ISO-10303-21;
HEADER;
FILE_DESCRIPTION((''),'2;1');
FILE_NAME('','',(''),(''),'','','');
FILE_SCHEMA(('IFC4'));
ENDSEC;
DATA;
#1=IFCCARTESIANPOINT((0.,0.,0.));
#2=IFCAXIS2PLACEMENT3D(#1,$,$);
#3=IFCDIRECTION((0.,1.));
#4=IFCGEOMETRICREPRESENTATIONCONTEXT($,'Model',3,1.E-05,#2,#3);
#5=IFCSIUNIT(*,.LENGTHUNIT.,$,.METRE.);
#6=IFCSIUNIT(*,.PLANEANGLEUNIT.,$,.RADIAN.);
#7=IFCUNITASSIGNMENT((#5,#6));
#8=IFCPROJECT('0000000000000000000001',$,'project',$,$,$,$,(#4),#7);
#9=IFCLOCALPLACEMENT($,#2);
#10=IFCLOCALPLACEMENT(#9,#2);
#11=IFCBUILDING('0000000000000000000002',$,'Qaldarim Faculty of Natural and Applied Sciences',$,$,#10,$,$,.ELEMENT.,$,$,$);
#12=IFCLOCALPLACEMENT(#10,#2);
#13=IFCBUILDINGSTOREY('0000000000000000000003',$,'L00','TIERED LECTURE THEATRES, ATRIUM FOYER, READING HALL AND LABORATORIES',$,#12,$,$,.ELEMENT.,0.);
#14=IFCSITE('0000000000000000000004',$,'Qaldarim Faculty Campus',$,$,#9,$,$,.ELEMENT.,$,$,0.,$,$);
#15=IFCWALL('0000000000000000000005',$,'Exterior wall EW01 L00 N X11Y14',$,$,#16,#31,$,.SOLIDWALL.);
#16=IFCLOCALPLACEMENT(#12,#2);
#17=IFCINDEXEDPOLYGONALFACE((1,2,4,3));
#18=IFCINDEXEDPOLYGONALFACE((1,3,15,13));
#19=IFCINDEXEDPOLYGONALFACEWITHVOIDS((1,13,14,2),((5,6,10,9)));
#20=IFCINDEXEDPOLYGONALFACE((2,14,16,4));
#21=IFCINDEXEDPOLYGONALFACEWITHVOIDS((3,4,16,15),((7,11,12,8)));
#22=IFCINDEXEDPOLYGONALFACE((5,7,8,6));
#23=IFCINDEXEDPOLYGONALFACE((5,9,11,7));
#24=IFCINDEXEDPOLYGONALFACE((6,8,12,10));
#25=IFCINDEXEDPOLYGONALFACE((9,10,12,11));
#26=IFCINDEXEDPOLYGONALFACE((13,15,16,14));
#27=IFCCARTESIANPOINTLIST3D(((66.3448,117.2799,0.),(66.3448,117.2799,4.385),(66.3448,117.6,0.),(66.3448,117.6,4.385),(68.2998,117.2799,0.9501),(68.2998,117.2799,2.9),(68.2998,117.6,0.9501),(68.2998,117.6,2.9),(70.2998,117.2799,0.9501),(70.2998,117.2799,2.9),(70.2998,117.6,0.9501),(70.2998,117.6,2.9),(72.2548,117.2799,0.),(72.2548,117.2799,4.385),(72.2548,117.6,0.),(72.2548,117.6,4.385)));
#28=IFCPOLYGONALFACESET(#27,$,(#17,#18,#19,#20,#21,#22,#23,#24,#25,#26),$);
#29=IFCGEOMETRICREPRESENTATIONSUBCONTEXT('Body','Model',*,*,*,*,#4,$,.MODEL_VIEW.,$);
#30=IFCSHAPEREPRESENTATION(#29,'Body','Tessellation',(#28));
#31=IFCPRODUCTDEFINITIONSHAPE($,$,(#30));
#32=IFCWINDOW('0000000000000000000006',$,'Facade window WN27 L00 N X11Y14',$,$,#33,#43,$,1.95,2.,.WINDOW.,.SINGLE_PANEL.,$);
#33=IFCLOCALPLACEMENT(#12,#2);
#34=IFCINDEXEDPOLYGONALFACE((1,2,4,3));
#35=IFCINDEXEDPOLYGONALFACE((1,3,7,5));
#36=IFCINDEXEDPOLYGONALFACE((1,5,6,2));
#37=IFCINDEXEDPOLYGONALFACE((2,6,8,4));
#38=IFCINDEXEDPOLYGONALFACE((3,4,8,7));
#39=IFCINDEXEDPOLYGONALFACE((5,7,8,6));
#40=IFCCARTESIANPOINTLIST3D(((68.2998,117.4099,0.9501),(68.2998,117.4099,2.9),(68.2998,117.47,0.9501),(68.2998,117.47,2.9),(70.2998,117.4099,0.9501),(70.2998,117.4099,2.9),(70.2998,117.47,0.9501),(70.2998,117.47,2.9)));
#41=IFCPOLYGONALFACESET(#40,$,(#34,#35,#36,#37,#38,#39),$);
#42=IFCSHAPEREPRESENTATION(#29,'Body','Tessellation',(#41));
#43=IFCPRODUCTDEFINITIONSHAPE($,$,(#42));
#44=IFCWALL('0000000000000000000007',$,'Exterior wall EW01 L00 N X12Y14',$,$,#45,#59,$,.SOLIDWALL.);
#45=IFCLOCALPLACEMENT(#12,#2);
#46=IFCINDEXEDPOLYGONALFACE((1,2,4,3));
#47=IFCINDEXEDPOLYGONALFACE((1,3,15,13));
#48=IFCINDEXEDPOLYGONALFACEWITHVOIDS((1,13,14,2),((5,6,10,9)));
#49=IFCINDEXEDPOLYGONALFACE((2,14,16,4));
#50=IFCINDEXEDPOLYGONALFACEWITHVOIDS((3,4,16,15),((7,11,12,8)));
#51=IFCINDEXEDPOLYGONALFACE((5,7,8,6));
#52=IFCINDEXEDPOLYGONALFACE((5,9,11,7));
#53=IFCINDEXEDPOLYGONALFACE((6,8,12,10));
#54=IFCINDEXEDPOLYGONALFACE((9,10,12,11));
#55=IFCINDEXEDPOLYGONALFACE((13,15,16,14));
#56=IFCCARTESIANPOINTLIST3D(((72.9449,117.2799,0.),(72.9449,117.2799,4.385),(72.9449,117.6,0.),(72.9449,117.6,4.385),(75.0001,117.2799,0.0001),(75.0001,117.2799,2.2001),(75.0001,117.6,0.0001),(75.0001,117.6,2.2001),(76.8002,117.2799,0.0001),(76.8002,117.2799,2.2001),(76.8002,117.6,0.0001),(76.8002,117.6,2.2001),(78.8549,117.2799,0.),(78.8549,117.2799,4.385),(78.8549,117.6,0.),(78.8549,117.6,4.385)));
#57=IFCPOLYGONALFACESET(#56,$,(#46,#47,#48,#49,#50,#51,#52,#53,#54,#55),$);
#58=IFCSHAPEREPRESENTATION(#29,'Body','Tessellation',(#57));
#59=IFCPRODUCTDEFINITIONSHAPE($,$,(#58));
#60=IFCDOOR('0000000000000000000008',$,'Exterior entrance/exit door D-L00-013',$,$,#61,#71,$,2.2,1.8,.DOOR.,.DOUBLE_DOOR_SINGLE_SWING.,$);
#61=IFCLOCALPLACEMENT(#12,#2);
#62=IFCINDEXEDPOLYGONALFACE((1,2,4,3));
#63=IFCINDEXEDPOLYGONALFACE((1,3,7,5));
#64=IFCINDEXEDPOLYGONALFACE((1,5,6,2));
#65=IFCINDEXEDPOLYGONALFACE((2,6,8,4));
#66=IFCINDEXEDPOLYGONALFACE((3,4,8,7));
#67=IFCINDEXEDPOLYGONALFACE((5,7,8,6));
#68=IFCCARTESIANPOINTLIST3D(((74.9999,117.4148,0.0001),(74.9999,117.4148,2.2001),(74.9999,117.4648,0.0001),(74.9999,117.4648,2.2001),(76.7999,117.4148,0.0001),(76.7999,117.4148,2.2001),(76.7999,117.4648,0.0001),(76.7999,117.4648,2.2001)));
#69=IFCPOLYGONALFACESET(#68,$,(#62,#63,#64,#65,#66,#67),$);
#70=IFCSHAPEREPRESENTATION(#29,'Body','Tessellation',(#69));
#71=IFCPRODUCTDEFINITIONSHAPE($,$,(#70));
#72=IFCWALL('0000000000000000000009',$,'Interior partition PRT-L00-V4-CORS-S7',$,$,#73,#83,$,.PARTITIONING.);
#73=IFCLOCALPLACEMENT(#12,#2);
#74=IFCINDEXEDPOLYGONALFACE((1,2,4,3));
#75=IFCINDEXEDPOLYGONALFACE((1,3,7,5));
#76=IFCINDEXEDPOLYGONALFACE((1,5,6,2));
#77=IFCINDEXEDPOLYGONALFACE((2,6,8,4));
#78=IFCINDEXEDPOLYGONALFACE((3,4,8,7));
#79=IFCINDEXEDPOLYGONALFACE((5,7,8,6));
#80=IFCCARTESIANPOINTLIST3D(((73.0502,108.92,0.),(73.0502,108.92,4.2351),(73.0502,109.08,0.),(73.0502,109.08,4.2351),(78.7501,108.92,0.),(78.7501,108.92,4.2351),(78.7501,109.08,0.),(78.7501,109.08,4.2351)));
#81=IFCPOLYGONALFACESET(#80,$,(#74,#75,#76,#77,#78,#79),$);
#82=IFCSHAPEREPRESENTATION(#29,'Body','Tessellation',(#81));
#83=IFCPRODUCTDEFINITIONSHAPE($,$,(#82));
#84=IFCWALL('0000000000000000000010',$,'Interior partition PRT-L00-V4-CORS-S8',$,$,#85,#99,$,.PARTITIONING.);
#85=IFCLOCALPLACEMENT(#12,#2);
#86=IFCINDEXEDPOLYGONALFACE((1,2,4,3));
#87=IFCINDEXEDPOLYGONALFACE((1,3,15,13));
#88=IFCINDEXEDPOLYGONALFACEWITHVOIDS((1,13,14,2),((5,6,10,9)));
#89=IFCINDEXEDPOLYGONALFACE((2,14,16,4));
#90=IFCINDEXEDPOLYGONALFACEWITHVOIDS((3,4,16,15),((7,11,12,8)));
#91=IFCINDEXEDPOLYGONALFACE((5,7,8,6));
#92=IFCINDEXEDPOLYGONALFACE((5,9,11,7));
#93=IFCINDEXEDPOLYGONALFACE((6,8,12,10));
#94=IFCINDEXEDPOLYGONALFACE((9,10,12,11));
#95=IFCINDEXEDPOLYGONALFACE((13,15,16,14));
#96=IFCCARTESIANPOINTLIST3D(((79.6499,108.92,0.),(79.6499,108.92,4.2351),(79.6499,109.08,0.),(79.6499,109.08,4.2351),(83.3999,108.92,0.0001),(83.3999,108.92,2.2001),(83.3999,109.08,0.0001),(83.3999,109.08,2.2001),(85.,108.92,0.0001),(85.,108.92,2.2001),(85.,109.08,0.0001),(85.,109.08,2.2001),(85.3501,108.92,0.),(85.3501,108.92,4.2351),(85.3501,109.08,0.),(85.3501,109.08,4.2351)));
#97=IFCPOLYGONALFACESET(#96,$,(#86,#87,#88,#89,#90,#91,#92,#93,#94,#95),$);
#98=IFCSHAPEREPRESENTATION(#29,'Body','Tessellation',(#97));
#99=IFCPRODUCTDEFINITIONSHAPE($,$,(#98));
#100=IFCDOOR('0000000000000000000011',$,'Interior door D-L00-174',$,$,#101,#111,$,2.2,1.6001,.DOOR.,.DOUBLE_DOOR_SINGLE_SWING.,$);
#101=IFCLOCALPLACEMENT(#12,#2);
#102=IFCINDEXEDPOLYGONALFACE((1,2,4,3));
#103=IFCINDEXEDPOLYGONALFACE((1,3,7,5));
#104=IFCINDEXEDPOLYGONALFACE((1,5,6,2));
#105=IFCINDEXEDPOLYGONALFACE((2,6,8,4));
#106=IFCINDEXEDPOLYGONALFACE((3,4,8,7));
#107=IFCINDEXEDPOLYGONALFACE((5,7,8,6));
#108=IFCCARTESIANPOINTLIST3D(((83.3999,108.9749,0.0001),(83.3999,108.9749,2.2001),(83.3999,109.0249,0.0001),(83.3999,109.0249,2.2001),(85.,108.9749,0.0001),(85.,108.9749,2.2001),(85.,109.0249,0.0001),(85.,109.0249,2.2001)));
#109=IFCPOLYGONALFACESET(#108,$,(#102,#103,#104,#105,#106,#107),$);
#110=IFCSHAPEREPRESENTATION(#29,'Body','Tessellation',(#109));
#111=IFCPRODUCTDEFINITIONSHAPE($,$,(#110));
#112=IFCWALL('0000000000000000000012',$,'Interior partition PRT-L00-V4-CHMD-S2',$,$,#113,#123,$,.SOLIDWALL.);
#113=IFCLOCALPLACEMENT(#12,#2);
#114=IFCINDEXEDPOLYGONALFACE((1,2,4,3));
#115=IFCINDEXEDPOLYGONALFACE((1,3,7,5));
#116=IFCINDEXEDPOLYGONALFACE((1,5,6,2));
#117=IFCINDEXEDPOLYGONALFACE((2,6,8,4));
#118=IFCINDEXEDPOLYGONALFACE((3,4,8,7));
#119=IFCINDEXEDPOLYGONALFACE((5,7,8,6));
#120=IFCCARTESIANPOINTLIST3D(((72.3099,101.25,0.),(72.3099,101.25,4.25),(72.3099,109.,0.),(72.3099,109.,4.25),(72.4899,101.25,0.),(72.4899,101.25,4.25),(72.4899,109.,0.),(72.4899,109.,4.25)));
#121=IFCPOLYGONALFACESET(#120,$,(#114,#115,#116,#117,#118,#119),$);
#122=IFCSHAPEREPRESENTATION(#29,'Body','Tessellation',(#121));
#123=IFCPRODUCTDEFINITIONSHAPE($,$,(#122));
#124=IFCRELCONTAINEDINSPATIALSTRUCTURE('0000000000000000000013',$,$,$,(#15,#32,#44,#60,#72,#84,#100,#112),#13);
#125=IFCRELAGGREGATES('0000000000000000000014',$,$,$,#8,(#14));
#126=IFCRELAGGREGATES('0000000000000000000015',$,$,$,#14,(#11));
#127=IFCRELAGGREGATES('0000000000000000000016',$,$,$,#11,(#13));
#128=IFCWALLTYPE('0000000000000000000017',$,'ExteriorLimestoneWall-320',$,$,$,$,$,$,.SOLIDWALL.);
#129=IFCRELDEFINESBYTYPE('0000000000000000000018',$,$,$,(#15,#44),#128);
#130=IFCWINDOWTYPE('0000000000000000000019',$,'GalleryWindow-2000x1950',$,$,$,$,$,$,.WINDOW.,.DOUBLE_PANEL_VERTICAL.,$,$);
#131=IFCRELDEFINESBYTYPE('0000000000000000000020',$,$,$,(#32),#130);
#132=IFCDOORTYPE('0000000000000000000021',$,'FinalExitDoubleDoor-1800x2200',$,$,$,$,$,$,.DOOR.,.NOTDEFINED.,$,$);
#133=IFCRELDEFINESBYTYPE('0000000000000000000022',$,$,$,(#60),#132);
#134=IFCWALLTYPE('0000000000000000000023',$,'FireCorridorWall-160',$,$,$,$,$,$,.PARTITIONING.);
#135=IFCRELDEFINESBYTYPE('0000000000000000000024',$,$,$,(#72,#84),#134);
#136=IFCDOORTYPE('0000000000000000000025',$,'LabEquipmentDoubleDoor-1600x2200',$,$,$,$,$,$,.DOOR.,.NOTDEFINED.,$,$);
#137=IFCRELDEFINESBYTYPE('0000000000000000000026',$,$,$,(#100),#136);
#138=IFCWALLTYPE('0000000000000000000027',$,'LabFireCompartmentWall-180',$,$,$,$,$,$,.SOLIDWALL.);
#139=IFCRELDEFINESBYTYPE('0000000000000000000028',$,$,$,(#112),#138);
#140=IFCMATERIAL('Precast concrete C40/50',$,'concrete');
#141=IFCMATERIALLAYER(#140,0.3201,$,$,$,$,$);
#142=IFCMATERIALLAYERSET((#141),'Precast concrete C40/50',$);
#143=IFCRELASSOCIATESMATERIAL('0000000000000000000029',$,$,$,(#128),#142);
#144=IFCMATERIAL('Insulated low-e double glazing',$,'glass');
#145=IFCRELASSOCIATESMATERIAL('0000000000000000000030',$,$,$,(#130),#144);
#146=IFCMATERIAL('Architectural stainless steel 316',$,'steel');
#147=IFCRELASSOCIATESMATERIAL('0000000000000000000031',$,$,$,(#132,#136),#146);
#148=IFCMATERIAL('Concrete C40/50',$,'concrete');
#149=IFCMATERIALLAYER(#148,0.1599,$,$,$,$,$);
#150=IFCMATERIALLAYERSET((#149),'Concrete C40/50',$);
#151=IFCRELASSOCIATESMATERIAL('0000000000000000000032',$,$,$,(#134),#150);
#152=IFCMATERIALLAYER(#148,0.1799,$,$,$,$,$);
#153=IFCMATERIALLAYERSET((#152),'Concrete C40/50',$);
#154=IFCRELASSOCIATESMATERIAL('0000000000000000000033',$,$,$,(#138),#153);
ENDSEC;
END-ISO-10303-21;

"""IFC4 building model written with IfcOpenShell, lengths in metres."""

from ifc_helpers import new_model, si_unit, direction, frame, frame_2d, origin, place, context, subcontext, project, spatial, rectangle, extrude, material, layer, layer_set, type_object, element, fill, save


model = new_model("IFC4")

# Units and contexts
model_context = context("Model", 3, precision=1e-05, world=origin(), true_north=direction((0.0, 1.0)))
body_context = subcontext(model_context, "Body", "Model", "MODEL_VIEW")
ifc_project = project(units=[si_unit("LENGTHUNIT", "METRE"), si_unit("PLANEANGLEUNIT", "RADIAN")], contexts=[model_context])

# Site, building, storey
site_placement = place(None, origin())
site = spatial("IfcSite", under=ifc_project, at=site_placement, Name="Qaldarim Faculty Campus", CompositionType="ELEMENT", RefElevation=0.0)
building_placement = place(site_placement, origin())
building = spatial("IfcBuilding", under=site, at=building_placement, Name="Qaldarim Faculty of Natural and Applied Sciences", CompositionType="ELEMENT")
storey_placement = place(building_placement, origin())
storey = spatial("IfcBuildingStorey", under=building, at=storey_placement, Name="L00", Description="TIERED LECTURE THEATRES, ATRIUM FOYER, READING HALL AND LABORATORIES", CompositionType="ELEMENT", Elevation=0.0)

# Shared definitions
ifc_material_1 = material(Name="Concrete C40/50", Category="concrete")

# Wall, opening, window
ifc_material_2 = material(Name="Precast concrete C40/50", Category="concrete")
ifc_layer_1 = layer(ifc_material_2, 0.3201)
ifc_layer_set_1 = layer_set([ifc_layer_1], Name="Precast concrete C40/50")
wall_type_1 = type_object("IfcWallType", Name="ExteriorLimestoneWall-320", PredefinedType="SOLIDWALL", material=ifc_layer_set_1)
wall_1_placement = place(storey_placement, frame((72.2549, 117.4399, 0.0), z_axis=(0.0, 0.0, 1.0), x_axis=(-1.0, 0.0, 0.0)))
wall_1 = element("IfcWall", 1, at=wall_1_placement, inside=storey, type_object=wall_type_1, Name="Exterior wall EW01 L00 N X11Y14", PredefinedType="SOLIDWALL", context=body_context, shape_type="SweptSolid", body=[
    extrude(rectangle(XDim=5.9099, YDim=0.3201, at=frame_2d((2.9551, 0.0))), origin(), (0.0, 0.0, 1.0), 4.385),
])
opening_1_placement = place(wall_1_placement, frame((1.9551, 0.0, 0.95)))
opening_1 = element("IfcOpeningElement", 2, at=opening_1_placement, cuts=wall_1, PredefinedType="OPENING", context=body_context, shape_type="SweptSolid", body=[
    extrude(rectangle(XDim=2.0, YDim=1.95, at=frame_2d((1.0, 0.9751))), frame((0.0, 0.1699, 0.0), z_axis=(0.0, -1.0, 0.0), x_axis=(1.0, 0.0, 0.0)), (0.0, 0.0, 1.0), 0.3401),
])
ifc_material_3 = material(Name="Insulated low-e double glazing", Category="glass")
window_type = type_object("IfcWindowType", Name="GalleryWindow-2000x1950", PartitioningType="DOUBLE_PANEL_VERTICAL", PredefinedType="WINDOW", material=ifc_material_3)
window_placement = place(opening_1_placement, origin())
window = element("IfcWindow", 3, at=window_placement, inside=storey, type_object=window_type, Name="Facade window WN27 L00 N X11Y14", OverallHeight=1.95, OverallWidth=2.0, PartitioningType="SINGLE_PANEL", PredefinedType="WINDOW", context=body_context, shape_type="SweptSolid", body=[
    extrude(rectangle(XDim=2.0, YDim=1.95, at=frame_2d((1.0, 0.9751))), frame((0.0, 0.03, 0.0), z_axis=(0.0, -1.0, 0.0), x_axis=(1.0, 0.0, 0.0)), (0.0, 0.0, 1.0), 0.0601),
])
fill(opening_1, window)

# Wall, opening, door
wall_2_placement = place(storey_placement, frame((78.855, 117.4399, 0.0), z_axis=(0.0, 0.0, 1.0), x_axis=(-1.0, 0.0, 0.0)))
wall_2 = element("IfcWall", 4, at=wall_2_placement, inside=storey, type_object=wall_type_1, Name="Exterior wall EW01 L00 N X12Y14", PredefinedType="SOLIDWALL", context=body_context, shape_type="SweptSolid", body=[
    extrude(rectangle(XDim=5.9099, YDim=0.3201, at=frame_2d((2.9551, 0.0))), origin(), (0.0, 0.0, 1.0), 4.385),
])
opening_2_placement = place(wall_2_placement, frame((2.0549, 0.0, 0.0)))
opening_2 = element("IfcOpeningElement", 5, at=opening_2_placement, cuts=wall_2, PredefinedType="OPENING", context=body_context, shape_type="SweptSolid", body=[
    extrude(rectangle(XDim=1.8, YDim=2.2, at=frame_2d((0.8999, 1.1001))), frame((0.0, 0.1699, 0.0), z_axis=(0.0, -1.0, 0.0), x_axis=(1.0, 0.0, 0.0)), (0.0, 0.0, 1.0), 0.3401),
])
ifc_material_4 = material(Name="Architectural stainless steel 316", Category="steel")
door_type_1 = type_object("IfcDoorType", Name="FinalExitDoubleDoor-1800x2200", OperationType="NOTDEFINED", PredefinedType="DOOR", material=ifc_material_4)
door_1_placement = place(opening_2_placement, frame((1.8, 0.0, 0.0), z_axis=(0.0, 0.0, 1.0), x_axis=(-1.0, 0.0, 0.0)))
door_1 = element("IfcDoor", 6, at=door_1_placement, inside=storey, type_object=door_type_1, Name="Exterior entrance/exit door D-L00-013", OperationType="DOUBLE_DOOR_SINGLE_SWING", OverallHeight=2.2, OverallWidth=1.8, PredefinedType="DOOR", context=body_context, shape_type="SweptSolid", body=[
    extrude(rectangle(XDim=1.8, YDim=2.2, at=frame_2d((0.8999, 1.1001))), frame((0.0, 0.0249, 0.0), z_axis=(0.0, -1.0, 0.0), x_axis=(1.0, 0.0, 0.0)), (0.0, 0.0, 1.0), 0.05),
])
fill(opening_2, door_1)

# Wall
ifc_layer_2 = layer(ifc_material_1, 0.1599)
ifc_layer_set_2 = layer_set([ifc_layer_2], Name="Concrete C40/50")
wall_type_2 = type_object("IfcWallType", Name="FireCorridorWall-160", PredefinedType="PARTITIONING", material=ifc_layer_set_2)
wall_3_placement = place(storey_placement, frame((73.05, 109.0, 0.0), z_axis=(0.0, 0.0, 1.0), x_axis=(1.0, 0.0, 0.0)))
element("IfcWall", 7, at=wall_3_placement, inside=storey, type_object=wall_type_2, Name="Interior partition PRT-L00-V4-CORS-S7", PredefinedType="PARTITIONING", context=body_context, shape_type="SweptSolid", body=[
    extrude(rectangle(XDim=5.7, YDim=0.1599, at=frame_2d((2.8501, 0.0))), origin(), (0.0, 0.0, 1.0), 4.2351),
])

# Wall, opening, door
wall_4_placement = place(storey_placement, frame((79.6499, 109.0, 0.0), z_axis=(0.0, 0.0, 1.0), x_axis=(1.0, 0.0, 0.0)))
wall_4 = element("IfcWall", 8, at=wall_4_placement, inside=storey, type_object=wall_type_2, Name="Interior partition PRT-L00-V4-CORS-S8", PredefinedType="PARTITIONING", context=body_context, shape_type="SweptSolid", body=[
    extrude(rectangle(XDim=5.7002, YDim=0.1599, at=frame_2d((2.8501, 0.0))), origin(), (0.0, 0.0, 1.0), 4.2351),
])
opening_3_placement = place(wall_4_placement, frame((3.75, 0.0, 0.0)))
opening_3 = element("IfcOpeningElement", 9, at=opening_3_placement, cuts=wall_4, PredefinedType="OPENING", context=body_context, shape_type="SweptSolid", body=[
    extrude(rectangle(XDim=1.6001, YDim=2.2, at=frame_2d((0.8, 1.1001))), frame((0.0, 0.0898, 0.0), z_axis=(0.0, -1.0, 0.0), x_axis=(1.0, 0.0, 0.0)), (0.0, 0.0, 1.0), 0.1799),
])
door_type_2 = type_object("IfcDoorType", Name="LabEquipmentDoubleDoor-1600x2200", OperationType="NOTDEFINED", PredefinedType="DOOR", material=ifc_material_4)
door_2_placement = place(opening_3_placement, origin())
door_2 = element("IfcDoor", 10, at=door_2_placement, inside=storey, type_object=door_type_2, Name="Interior door D-L00-174", OperationType="DOUBLE_DOOR_SINGLE_SWING", OverallHeight=2.2, OverallWidth=1.6001, PredefinedType="DOOR", context=body_context, shape_type="SweptSolid", body=[
    extrude(rectangle(XDim=1.6001, YDim=2.2, at=frame_2d((0.8, 1.1001))), frame((0.0, 0.0249, 0.0), z_axis=(0.0, -1.0, 0.0), x_axis=(1.0, 0.0, 0.0)), (0.0, 0.0, 1.0), 0.05),
])
fill(opening_3, door_2)

# Wall
ifc_layer_3 = layer(ifc_material_1, 0.1799)
ifc_layer_set_3 = layer_set([ifc_layer_3], Name="Concrete C40/50")
wall_type_3 = type_object("IfcWallType", Name="LabFireCompartmentWall-180", PredefinedType="SOLIDWALL", material=ifc_layer_set_3)
wall_5_placement = place(storey_placement, frame((72.3999, 101.25, 0.0), z_axis=(0.0, 0.0, 1.0), x_axis=(0.0, 1.0, 0.0)))
element("IfcWall", 11, at=wall_5_placement, inside=storey, type_object=wall_type_3, Name="Interior partition PRT-L00-V4-CHMD-S2", PredefinedType="SOLIDWALL", context=body_context, shape_type="SweptSolid", body=[
    extrude(rectangle(XDim=7.75, YDim=0.1799, at=frame_2d((3.875, 0.0))), origin(), (0.0, 0.0, 1.0), 4.25),
])

save(model, "model.ifc")
